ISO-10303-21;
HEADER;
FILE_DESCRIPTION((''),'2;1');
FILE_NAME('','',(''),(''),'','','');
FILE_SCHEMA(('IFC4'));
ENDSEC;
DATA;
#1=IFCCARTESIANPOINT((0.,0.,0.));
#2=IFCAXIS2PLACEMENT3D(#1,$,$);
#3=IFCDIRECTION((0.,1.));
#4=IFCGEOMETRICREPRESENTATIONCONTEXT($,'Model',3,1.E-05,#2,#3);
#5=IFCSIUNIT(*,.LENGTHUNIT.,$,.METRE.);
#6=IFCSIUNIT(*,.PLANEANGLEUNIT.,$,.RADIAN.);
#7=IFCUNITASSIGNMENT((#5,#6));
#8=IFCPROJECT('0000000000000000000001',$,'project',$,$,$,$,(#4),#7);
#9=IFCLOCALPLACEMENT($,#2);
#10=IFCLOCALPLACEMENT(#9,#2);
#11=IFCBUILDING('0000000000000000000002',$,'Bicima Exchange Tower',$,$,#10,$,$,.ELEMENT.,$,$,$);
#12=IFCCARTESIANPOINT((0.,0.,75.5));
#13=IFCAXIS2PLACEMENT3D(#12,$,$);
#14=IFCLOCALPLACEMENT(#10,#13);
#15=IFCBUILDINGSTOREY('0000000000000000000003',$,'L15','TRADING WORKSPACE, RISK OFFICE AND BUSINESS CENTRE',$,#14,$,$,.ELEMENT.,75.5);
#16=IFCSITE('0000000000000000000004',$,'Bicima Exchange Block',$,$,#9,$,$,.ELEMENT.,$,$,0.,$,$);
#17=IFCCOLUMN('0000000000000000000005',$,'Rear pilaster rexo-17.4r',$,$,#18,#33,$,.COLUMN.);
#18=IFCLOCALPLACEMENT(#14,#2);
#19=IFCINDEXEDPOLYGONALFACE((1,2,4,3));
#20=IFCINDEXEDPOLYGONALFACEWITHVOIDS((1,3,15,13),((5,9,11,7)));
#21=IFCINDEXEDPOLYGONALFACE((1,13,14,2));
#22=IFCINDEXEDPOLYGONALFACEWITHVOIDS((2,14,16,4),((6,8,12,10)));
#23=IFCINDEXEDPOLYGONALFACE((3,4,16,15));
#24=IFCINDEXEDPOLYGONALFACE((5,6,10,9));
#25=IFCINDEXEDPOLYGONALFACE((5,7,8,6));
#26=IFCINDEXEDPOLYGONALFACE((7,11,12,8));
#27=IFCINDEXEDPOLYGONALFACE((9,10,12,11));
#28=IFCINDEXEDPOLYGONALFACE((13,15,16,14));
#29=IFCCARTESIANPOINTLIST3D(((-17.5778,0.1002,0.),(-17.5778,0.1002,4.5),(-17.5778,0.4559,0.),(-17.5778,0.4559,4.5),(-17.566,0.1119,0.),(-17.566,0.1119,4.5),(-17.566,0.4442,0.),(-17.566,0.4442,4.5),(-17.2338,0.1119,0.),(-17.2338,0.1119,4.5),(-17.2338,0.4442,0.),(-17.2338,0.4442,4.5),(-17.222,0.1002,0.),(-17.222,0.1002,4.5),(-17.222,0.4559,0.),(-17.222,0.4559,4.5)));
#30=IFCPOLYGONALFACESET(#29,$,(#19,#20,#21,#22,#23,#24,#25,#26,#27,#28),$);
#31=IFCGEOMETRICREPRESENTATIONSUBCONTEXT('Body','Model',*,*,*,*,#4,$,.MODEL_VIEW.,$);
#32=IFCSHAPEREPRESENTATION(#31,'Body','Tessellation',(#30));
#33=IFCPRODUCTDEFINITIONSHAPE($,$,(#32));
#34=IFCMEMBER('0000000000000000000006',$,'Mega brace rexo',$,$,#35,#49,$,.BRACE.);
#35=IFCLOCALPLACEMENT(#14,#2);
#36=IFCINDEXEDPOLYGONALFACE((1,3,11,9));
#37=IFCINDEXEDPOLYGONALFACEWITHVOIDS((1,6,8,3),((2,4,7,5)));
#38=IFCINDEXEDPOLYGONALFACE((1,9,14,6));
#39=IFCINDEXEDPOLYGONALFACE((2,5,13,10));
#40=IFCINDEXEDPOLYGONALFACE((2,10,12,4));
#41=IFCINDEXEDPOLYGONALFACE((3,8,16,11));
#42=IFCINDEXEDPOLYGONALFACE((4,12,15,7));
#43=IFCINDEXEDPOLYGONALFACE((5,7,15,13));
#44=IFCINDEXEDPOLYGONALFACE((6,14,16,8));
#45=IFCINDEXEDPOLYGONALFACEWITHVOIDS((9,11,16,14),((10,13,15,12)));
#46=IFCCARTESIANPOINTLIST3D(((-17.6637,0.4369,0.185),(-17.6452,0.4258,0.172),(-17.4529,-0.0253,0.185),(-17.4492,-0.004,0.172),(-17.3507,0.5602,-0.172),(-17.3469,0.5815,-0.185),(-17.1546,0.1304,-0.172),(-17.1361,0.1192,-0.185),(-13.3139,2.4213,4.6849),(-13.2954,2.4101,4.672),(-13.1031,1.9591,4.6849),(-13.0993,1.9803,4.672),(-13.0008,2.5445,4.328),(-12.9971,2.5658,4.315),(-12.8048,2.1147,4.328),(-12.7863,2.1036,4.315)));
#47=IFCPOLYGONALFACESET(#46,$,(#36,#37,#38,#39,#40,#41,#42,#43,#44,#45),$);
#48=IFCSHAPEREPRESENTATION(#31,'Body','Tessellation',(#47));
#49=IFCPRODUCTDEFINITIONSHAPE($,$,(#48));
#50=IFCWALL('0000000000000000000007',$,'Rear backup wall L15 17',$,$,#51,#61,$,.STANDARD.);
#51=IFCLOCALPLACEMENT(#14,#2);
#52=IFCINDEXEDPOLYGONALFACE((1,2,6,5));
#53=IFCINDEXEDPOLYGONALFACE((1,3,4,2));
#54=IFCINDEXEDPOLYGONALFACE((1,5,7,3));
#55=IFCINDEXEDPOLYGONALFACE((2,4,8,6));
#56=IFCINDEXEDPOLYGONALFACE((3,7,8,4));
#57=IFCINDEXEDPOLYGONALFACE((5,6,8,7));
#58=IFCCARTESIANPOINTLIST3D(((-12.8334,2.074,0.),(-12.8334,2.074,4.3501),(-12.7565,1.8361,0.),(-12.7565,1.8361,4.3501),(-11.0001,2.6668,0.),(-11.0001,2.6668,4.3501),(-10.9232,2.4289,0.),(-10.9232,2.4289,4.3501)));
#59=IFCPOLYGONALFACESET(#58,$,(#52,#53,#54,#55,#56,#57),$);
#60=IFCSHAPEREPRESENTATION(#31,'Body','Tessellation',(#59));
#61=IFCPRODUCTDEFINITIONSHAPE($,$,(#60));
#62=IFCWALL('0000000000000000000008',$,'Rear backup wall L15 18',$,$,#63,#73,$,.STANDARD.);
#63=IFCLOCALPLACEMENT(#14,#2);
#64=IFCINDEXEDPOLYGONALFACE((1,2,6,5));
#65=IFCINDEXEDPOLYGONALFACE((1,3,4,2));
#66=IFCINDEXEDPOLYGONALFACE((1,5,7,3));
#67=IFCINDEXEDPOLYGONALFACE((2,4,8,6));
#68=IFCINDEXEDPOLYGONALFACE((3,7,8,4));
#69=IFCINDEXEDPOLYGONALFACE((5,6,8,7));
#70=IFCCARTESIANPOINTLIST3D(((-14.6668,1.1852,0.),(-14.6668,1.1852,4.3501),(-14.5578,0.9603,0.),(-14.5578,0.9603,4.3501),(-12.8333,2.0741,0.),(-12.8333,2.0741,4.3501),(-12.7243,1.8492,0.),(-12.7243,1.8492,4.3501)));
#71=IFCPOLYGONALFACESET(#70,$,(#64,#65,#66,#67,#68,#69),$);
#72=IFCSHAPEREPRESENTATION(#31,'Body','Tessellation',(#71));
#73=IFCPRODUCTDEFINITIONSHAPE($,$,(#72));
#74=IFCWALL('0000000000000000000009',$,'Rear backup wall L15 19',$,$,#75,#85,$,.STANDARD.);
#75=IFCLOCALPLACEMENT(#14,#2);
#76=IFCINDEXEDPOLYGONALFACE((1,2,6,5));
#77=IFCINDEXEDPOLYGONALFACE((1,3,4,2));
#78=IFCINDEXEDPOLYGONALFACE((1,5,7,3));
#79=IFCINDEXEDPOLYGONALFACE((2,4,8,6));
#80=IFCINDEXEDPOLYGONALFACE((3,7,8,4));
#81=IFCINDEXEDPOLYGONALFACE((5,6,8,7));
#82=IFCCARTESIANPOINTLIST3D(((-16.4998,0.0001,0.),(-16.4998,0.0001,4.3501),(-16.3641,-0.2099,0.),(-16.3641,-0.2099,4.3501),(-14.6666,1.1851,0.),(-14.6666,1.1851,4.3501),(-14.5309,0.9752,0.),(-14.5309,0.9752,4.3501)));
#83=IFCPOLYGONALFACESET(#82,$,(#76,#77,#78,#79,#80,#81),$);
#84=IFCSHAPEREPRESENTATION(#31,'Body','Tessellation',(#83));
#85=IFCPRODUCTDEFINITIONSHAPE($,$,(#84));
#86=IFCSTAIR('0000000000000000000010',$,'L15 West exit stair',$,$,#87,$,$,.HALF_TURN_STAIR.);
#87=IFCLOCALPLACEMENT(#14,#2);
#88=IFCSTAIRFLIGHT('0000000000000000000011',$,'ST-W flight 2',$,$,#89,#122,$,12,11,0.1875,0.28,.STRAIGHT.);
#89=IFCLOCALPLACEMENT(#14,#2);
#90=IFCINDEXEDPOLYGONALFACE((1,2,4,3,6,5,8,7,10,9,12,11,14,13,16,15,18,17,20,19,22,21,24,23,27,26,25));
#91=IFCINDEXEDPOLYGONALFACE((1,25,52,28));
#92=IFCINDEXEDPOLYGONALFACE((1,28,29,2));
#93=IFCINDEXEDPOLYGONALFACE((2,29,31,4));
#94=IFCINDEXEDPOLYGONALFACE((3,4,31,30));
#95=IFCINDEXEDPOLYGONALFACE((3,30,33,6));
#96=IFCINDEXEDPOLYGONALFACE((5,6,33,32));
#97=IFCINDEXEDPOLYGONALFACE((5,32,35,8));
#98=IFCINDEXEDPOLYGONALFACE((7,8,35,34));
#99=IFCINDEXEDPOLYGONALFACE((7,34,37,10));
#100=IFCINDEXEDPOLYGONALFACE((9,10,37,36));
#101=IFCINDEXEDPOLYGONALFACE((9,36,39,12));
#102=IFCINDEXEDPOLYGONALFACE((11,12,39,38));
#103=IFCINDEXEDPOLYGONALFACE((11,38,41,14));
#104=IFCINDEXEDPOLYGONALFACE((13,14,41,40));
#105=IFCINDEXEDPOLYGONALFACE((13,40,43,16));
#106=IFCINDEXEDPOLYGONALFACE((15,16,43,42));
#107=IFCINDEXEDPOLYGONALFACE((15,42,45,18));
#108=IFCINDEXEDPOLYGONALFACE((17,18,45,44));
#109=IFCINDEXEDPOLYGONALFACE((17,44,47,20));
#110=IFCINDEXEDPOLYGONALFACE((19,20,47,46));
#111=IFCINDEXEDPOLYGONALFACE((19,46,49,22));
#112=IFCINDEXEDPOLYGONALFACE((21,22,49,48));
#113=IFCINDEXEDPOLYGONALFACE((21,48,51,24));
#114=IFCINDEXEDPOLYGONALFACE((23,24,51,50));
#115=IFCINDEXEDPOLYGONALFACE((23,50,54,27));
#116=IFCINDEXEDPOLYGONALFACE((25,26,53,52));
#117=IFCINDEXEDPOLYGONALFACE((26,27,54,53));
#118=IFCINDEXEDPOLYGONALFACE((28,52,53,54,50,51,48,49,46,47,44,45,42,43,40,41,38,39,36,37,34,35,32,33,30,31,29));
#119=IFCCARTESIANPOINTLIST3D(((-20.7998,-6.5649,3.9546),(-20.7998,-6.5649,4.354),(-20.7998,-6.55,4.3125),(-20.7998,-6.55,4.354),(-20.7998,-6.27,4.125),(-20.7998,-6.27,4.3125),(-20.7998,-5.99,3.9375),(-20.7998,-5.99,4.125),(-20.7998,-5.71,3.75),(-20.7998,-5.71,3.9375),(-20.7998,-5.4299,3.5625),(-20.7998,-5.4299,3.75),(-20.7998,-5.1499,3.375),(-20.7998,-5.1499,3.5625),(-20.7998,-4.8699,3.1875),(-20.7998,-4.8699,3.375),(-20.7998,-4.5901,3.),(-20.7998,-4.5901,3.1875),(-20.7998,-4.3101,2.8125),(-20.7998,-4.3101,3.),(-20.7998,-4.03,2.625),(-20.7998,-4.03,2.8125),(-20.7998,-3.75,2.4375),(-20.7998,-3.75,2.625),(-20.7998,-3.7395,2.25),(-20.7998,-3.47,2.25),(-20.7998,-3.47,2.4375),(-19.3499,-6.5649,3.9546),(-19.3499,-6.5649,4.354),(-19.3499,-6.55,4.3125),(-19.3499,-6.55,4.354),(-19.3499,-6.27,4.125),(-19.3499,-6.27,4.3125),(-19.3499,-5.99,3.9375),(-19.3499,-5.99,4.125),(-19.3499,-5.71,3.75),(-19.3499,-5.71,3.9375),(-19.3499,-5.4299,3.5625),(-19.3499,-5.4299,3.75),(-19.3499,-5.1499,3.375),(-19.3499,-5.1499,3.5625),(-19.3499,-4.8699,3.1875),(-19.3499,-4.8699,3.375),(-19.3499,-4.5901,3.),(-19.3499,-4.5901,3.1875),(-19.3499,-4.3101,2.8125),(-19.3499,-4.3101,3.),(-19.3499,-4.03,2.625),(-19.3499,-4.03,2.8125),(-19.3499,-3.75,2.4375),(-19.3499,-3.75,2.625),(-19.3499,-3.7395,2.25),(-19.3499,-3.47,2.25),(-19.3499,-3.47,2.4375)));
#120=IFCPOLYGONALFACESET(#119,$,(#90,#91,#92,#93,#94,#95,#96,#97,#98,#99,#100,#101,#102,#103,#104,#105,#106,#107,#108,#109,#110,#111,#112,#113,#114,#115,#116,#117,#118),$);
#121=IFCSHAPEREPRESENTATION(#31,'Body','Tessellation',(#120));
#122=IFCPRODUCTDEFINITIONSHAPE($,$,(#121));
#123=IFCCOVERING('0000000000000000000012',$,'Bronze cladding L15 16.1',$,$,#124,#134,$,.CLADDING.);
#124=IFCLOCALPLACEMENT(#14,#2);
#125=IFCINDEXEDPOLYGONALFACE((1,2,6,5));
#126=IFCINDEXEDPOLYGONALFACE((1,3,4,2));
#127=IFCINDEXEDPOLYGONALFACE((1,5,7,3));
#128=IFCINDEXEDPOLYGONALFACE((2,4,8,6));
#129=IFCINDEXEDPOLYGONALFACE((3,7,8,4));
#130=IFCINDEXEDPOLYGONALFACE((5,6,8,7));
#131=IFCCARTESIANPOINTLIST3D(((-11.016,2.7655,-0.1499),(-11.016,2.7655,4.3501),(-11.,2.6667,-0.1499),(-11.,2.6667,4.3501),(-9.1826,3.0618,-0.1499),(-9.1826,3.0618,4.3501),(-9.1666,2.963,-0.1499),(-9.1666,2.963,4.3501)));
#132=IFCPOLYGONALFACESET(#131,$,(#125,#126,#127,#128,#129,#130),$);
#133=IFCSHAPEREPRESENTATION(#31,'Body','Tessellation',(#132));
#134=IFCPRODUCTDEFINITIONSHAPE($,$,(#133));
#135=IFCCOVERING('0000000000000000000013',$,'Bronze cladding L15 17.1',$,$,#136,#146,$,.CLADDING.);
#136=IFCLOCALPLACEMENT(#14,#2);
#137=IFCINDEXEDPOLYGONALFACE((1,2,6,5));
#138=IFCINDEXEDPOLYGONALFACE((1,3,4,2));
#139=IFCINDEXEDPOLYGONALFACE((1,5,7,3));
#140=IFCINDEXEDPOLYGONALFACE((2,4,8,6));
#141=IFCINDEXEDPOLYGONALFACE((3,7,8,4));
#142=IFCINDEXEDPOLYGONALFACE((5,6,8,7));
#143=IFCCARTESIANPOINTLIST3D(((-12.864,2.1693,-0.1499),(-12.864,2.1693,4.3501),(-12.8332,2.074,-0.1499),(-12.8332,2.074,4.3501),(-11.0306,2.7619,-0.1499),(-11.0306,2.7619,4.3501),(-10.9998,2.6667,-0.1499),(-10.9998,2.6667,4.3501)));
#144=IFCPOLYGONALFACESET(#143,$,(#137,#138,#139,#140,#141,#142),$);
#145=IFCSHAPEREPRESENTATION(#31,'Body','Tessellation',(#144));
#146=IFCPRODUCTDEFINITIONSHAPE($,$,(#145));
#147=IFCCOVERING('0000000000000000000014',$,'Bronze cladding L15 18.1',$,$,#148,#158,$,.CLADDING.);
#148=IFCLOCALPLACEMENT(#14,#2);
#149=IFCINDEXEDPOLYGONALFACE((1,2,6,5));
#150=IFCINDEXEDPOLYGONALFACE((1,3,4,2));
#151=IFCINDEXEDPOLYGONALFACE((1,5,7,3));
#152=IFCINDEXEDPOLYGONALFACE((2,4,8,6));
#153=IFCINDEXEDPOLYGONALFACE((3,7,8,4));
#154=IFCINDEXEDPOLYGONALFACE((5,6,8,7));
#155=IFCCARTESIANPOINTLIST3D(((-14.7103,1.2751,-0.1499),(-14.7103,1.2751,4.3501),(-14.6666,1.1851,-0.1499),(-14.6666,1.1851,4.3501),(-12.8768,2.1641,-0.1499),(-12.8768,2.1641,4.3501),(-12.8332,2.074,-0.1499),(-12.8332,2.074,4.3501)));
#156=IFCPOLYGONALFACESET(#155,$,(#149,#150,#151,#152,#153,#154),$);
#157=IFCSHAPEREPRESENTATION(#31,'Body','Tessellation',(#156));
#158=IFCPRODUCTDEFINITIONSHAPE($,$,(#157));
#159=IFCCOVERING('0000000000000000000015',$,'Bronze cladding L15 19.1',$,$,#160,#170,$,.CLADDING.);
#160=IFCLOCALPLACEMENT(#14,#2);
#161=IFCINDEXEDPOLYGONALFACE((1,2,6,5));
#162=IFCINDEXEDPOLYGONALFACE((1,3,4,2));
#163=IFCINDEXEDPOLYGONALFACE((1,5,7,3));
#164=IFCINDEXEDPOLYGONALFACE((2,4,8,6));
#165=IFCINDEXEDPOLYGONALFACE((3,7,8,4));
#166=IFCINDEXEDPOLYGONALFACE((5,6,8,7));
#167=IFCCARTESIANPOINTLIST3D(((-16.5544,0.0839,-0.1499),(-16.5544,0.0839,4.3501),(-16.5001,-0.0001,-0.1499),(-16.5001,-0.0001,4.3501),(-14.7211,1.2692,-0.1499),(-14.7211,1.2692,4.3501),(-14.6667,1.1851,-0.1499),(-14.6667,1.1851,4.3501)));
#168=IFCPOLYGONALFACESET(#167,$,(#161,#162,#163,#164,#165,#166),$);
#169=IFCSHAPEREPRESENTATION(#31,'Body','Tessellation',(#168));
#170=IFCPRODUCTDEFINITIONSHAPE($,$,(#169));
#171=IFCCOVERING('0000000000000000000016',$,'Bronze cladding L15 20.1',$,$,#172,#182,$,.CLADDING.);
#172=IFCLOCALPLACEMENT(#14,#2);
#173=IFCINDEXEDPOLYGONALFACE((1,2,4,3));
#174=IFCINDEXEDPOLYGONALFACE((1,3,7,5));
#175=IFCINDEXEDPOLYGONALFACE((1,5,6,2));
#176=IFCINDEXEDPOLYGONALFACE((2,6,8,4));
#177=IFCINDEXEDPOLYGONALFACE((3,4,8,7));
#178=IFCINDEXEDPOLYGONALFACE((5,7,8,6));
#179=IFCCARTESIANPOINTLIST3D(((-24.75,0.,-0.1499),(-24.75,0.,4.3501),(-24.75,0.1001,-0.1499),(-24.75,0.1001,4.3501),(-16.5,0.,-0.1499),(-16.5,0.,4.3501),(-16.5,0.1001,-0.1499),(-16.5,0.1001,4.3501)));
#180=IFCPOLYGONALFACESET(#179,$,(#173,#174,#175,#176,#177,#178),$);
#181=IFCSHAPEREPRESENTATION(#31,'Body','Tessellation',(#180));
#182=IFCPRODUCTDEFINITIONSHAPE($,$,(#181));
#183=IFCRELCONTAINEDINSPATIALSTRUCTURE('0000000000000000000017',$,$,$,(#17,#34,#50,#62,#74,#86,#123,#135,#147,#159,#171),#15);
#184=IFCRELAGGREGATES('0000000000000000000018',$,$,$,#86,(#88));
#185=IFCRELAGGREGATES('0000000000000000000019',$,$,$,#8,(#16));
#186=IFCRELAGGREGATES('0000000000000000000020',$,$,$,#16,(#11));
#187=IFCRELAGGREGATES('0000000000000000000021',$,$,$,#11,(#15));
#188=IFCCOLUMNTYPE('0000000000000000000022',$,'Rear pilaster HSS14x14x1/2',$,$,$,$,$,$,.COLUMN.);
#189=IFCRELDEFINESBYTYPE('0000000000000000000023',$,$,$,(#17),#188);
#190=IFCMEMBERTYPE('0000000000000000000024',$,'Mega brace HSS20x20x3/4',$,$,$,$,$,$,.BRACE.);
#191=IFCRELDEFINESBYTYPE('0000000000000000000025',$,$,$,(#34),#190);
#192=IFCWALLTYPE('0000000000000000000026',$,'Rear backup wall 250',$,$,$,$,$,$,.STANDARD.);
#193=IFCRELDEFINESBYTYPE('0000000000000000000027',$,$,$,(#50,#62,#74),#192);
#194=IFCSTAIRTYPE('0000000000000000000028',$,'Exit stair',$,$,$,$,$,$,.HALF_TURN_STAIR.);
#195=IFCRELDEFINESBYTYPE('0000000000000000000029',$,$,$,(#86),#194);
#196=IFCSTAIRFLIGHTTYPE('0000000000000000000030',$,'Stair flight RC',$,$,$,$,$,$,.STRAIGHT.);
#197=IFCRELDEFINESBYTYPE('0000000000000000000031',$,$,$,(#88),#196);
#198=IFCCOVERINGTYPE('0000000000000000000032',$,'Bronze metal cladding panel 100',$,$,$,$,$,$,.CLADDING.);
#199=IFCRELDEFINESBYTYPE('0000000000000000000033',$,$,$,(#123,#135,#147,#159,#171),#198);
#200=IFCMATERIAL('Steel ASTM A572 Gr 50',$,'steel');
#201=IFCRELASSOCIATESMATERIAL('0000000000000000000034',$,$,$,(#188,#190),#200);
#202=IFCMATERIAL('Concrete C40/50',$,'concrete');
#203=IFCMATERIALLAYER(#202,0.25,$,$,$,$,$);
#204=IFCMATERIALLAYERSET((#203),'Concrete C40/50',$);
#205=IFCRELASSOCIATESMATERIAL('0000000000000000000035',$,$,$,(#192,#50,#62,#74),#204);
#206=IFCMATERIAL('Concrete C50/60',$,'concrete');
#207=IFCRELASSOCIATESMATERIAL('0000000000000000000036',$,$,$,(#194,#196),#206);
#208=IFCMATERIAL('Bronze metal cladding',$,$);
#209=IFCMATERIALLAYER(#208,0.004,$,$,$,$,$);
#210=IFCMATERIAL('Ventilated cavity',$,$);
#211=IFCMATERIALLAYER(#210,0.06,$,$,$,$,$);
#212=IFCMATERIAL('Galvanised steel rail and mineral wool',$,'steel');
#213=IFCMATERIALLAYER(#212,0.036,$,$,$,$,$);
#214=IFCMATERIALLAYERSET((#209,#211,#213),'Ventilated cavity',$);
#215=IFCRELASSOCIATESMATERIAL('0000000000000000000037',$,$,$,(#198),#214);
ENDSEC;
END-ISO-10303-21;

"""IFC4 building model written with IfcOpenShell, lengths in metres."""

from ifc_helpers import new_model, si_unit, direction, frame, frame_2d, origin, origin_2d, place, context, subcontext, project, spatial, polyline, rectangle, hollow_rectangle, outline, extrude, material, layer, layer_set, layer_usage, material_profile, profile_set, type_object, element, aggregate, save


model = new_model("IFC4")

# Units and contexts
model_context = context("Model", 3, precision=1e-05, world=origin(), true_north=direction((0.0, 1.0)))
body_context = subcontext(model_context, "Body", "Model", "MODEL_VIEW")
ifc_project = project(units=[si_unit("LENGTHUNIT", "METRE"), si_unit("PLANEANGLEUNIT", "RADIAN")], contexts=[model_context])

# Site, building, storey
site_placement = place(None, origin())
site = spatial("IfcSite", under=ifc_project, at=site_placement, Name="Bicima Exchange Block", CompositionType="ELEMENT", RefElevation=0.0)
building_placement = place(site_placement, origin())
building = spatial("IfcBuilding", under=site, at=building_placement, Name="Bicima Exchange Tower", CompositionType="ELEMENT")
storey_placement = place(building_placement, frame((0.0, 0.0, 75.5)))
storey = spatial("IfcBuildingStorey", under=building, at=storey_placement, Name="L15", Description="TRADING WORKSPACE, RISK OFFICE AND BUSINESS CENTRE", CompositionType="ELEMENT", Elevation=75.5)

# Column
ifc_material_1 = material(Name="Steel ASTM A572 Gr 50", Category="steel")
ifc_material_profile_1 = material_profile(ifc_material_1, hollow_rectangle(XDim=0.3557, YDim=0.3557, WallThickness=0.0117, at=origin_2d()))
ifc_profile_set_1 = profile_set([ifc_material_profile_1], Name="Steel ASTM A572 Gr 50")
column_type = type_object("IfcColumnType", Name="Rear pilaster HSS14x14x1/2", PredefinedType="COLUMN", material=ifc_profile_set_1)
column_placement = place(storey_placement, frame((-17.3999, 0.2781, 0.0), z_axis=(0.0, 0.0, 1.0), x_axis=(1.0, 0.0, 0.0)))
element("IfcColumn", 1, at=column_placement, inside=storey, type_object=column_type, Name="Rear pilaster rexo-17.4r", PredefinedType="COLUMN", context=body_context, shape_type="SweptSolid", body=[
    extrude(hollow_rectangle(XDim=0.3557, YDim=0.3557, WallThickness=0.0117, at=origin_2d()), origin(), (0.0, 0.0, 1.0), 4.5),
])

# Member
ifc_material_profile_2 = material_profile(ifc_material_1, hollow_rectangle(XDim=0.5081, YDim=0.5081, WallThickness=0.0178, at=origin_2d()))
ifc_profile_set_2 = profile_set([ifc_material_profile_2], Name="Steel ASTM A572 Gr 50")
member_type = type_object("IfcMemberType", Name="Mega brace HSS20x20x3/4", PredefinedType="BRACE", material=ifc_profile_set_2)
member_placement = place(storey_placement, frame((-17.3999, 0.2781, 0.0), z_axis=(0.662508, 0.302232, 0.685376), x_axis=(-0.415045, 0.909801, 0.0)))
element("IfcMember", 2, at=member_placement, inside=storey, type_object=member_type, Name="Mega brace rexo", PredefinedType="BRACE", context=body_context, shape_type="SweptSolid", body=[
    extrude(hollow_rectangle(XDim=0.5081, YDim=0.5081, WallThickness=0.0178, at=origin_2d()), origin(), (0.0, 0.0, 1.0), 6.5657),
])

# Walls
ifc_material_2 = material(Name="Concrete C40/50", Category="concrete")
ifc_layer_1 = layer(ifc_material_2, 0.25)
ifc_layer_set_1 = layer_set([ifc_layer_1], Name="Concrete C40/50")
ifc_layer_usage = layer_usage(ifc_layer_set_1, "AXIS2", "POSITIVE", -0.125)
wall_type = type_object("IfcWallType", Name="Rear backup wall 250", PredefinedType="STANDARD", material=ifc_layer_set_1)
wall_1_placement = place(storey_placement, frame((-10.9617, 2.5479, 0.0), z_axis=(0.0, 0.0, 1.0), x_axis=(-0.951496, -0.307662, 0.0)))
element("IfcWall", 3, at=wall_1_placement, inside=storey, type_object=wall_type, material=ifc_layer_usage, Name="Rear backup wall L15 17", PredefinedType="STANDARD", context=body_context, shape_type="SweptSolid", body=[
    extrude(rectangle(XDim=1.9268, YDim=0.25, at=frame_2d((0.9634, 0.0))), origin(), (0.0, 0.0, 1.0), 4.3501),
])
wall_2_placement = place(storey_placement, frame((-12.7788, 1.9617, 0.0), z_axis=(0.0, 0.0, 1.0), x_axis=(-0.899824, -0.436253, 0.0)))
element("IfcWall", 4, at=wall_2_placement, inside=storey, type_object=wall_type, material=ifc_layer_usage, Name="Rear backup wall L15 18", PredefinedType="STANDARD", context=body_context, shape_type="SweptSolid", body=[
    extrude(rectangle(XDim=2.0376, YDim=0.25, at=frame_2d((1.0188, 0.0))), origin(), (0.0, 0.0, 1.0), 4.3501),
])
wall_3_placement = place(storey_placement, frame((-14.5989, 1.0801, 0.0), z_axis=(0.0, 0.0, 1.0), x_axis=(-0.839813, -0.542876, 0.0)))
element("IfcWall", 5, at=wall_3_placement, inside=storey, type_object=wall_type, material=ifc_layer_usage, Name="Rear backup wall L15 19", PredefinedType="STANDARD", context=body_context, shape_type="SweptSolid", body=[
    extrude(rectangle(XDim=2.1829, YDim=0.25, at=frame_2d((1.0913, 0.0))), origin(), (0.0, 0.0, 1.0), 4.3501),
])

# Stair, stair flight
ifc_material_3 = material(Name="Concrete C50/60", Category="concrete")
stair_type = type_object("IfcStairType", Name="Exit stair", PredefinedType="HALF_TURN_STAIR", material=ifc_material_3)
stair_placement = place(storey_placement, origin())
stair = element("IfcStair", 6, at=stair_placement, inside=storey, type_object=stair_type, Name="L15 West exit stair", PredefinedType="HALF_TURN_STAIR")
stair_flight_type = type_object("IfcStairFlightType", Name="Stair flight RC", PredefinedType="STRAIGHT", material=ifc_material_3)
stair_flight_placement = place(storey_placement, frame((-20.075, -3.47, 2.25), z_axis=(0.0, 0.0, 1.0), x_axis=(0.0, -1.0, 0.0)))
stair_flight = element("IfcStairFlight", 7, at=stair_flight_placement, type_object=stair_flight_type, Name="ST-W flight 2", NumberOfRisers=12, NumberOfTreads=11, PredefinedType="STRAIGHT", RiserHeight=0.1875, TreadLength=0.28, context=body_context, shape_type="SweptSolid", body=[
    extrude(outline(polyline([(0.0, 0.0), (0.0, 0.1875), (0.28, 0.1875), (0.28, 0.375), (0.5601, 0.375), (0.5601, 0.5625), (0.8401, 0.5625), (0.8401, 0.75), (1.1201, 0.75), (1.1201, 0.9375), (1.3999, 0.9375), (1.3999, 1.125), (1.6799, 1.125), (1.6799, 1.3125), (1.96, 1.3125), (1.96, 1.5), (2.24, 1.5), (2.24, 1.6875), (2.52, 1.6875), (2.52, 1.875), (2.8, 1.875), (2.8, 2.0625), (3.0801, 2.0625), (3.0801, 2.104), (3.095, 2.104), (3.095, 1.7046), (0.2695, 0.0), (0.0, 0.0)])), frame((0.0, 0.7251, 0.0), z_axis=(0.0, -1.0, 0.0), x_axis=(1.0, 0.0, 0.0)), (0.0, 0.0, 1.0), 1.45),
])
aggregate(stair, [stair_flight])

# Coverings
ifc_material_4 = material(Name="Bronze metal cladding")
ifc_layer_2 = layer(ifc_material_4, 0.004)
ifc_material_5 = material(Name="Ventilated cavity")
ifc_layer_3 = layer(ifc_material_5, 0.06)
ifc_material_6 = material(Name="Galvanised steel rail and mineral wool", Category="steel")
ifc_layer_4 = layer(ifc_material_6, 0.036)
ifc_layer_set_2 = layer_set([ifc_layer_2, ifc_layer_3, ifc_layer_4], Name="Ventilated cavity")
covering_type = type_object("IfcCoveringType", Name="Bronze metal cladding panel 100", PredefinedType="CLADDING", material=ifc_layer_set_2)
covering_1_placement = place(storey_placement, frame((-10.0913, 2.8643, -0.1499), z_axis=(0.0, 0.0, 1.0), x_axis=(-0.98719, -0.15955, 0.0)))
element("IfcCovering", 8, at=covering_1_placement, inside=storey, type_object=covering_type, Name="Bronze cladding L15 16.1", PredefinedType="CLADDING", context=body_context, shape_type="SweptSolid", body=[
    extrude(rectangle(XDim=1.8572, YDim=0.1001, at=origin_2d()), origin(), (0.0, 0.0, 1.0), 4.5),
])
covering_2_placement = place(storey_placement, frame((-11.9319, 2.418, -0.1499), z_axis=(0.0, 0.0, 1.0), x_axis=(-0.951525, -0.307573, 0.0)))
element("IfcCovering", 9, at=covering_2_placement, inside=storey, type_object=covering_type, Name="Bronze cladding L15 17.1", PredefinedType="CLADDING", context=body_context, shape_type="SweptSolid", body=[
    extrude(rectangle(XDim=1.9268, YDim=0.1001, at=origin_2d()), origin(), (0.0, 0.0, 1.0), 4.5),
])
covering_3_placement = place(storey_placement, frame((-13.7717, 1.6746, -0.1499), z_axis=(0.0, 0.0, 1.0), x_axis=(-0.899818, -0.436265, 0.0)))
element("IfcCovering", 10, at=covering_3_placement, inside=storey, type_object=covering_type, Name="Bronze cladding L15 18.1", PredefinedType="CLADDING", context=body_context, shape_type="SweptSolid", body=[
    extrude(rectangle(XDim=2.0376, YDim=0.1001, at=origin_2d()), origin(), (0.0, 0.0, 1.0), 4.5),
])
covering_4_placement = place(storey_placement, frame((-15.6106, 0.6345, -0.1499), z_axis=(0.0, 0.0, 1.0), x_axis=(-0.83979, -0.542911, 0.0)))
element("IfcCovering", 11, at=covering_4_placement, inside=storey, type_object=covering_type, Name="Bronze cladding L15 19.1", PredefinedType="CLADDING", context=body_context, shape_type="SweptSolid", body=[
    extrude(rectangle(XDim=2.1831, YDim=0.1001, at=origin_2d()), origin(), (0.0, 0.0, 1.0), 4.5),
])
covering_5_placement = place(storey_placement, frame((-20.625, 0.05, -0.1499), z_axis=(0.0, 0.0, 1.0), x_axis=(-1.0, 0.0, 0.0)))
element("IfcCovering", 12, at=covering_5_placement, inside=storey, type_object=covering_type, Name="Bronze cladding L15 20.1", PredefinedType="CLADDING", context=body_context, shape_type="SweptSolid", body=[
    extrude(rectangle(XDim=8.25, YDim=0.1001, at=origin_2d()), origin(), (0.0, 0.0, 1.0), 4.5),
])

save(model, "model.ifc")
